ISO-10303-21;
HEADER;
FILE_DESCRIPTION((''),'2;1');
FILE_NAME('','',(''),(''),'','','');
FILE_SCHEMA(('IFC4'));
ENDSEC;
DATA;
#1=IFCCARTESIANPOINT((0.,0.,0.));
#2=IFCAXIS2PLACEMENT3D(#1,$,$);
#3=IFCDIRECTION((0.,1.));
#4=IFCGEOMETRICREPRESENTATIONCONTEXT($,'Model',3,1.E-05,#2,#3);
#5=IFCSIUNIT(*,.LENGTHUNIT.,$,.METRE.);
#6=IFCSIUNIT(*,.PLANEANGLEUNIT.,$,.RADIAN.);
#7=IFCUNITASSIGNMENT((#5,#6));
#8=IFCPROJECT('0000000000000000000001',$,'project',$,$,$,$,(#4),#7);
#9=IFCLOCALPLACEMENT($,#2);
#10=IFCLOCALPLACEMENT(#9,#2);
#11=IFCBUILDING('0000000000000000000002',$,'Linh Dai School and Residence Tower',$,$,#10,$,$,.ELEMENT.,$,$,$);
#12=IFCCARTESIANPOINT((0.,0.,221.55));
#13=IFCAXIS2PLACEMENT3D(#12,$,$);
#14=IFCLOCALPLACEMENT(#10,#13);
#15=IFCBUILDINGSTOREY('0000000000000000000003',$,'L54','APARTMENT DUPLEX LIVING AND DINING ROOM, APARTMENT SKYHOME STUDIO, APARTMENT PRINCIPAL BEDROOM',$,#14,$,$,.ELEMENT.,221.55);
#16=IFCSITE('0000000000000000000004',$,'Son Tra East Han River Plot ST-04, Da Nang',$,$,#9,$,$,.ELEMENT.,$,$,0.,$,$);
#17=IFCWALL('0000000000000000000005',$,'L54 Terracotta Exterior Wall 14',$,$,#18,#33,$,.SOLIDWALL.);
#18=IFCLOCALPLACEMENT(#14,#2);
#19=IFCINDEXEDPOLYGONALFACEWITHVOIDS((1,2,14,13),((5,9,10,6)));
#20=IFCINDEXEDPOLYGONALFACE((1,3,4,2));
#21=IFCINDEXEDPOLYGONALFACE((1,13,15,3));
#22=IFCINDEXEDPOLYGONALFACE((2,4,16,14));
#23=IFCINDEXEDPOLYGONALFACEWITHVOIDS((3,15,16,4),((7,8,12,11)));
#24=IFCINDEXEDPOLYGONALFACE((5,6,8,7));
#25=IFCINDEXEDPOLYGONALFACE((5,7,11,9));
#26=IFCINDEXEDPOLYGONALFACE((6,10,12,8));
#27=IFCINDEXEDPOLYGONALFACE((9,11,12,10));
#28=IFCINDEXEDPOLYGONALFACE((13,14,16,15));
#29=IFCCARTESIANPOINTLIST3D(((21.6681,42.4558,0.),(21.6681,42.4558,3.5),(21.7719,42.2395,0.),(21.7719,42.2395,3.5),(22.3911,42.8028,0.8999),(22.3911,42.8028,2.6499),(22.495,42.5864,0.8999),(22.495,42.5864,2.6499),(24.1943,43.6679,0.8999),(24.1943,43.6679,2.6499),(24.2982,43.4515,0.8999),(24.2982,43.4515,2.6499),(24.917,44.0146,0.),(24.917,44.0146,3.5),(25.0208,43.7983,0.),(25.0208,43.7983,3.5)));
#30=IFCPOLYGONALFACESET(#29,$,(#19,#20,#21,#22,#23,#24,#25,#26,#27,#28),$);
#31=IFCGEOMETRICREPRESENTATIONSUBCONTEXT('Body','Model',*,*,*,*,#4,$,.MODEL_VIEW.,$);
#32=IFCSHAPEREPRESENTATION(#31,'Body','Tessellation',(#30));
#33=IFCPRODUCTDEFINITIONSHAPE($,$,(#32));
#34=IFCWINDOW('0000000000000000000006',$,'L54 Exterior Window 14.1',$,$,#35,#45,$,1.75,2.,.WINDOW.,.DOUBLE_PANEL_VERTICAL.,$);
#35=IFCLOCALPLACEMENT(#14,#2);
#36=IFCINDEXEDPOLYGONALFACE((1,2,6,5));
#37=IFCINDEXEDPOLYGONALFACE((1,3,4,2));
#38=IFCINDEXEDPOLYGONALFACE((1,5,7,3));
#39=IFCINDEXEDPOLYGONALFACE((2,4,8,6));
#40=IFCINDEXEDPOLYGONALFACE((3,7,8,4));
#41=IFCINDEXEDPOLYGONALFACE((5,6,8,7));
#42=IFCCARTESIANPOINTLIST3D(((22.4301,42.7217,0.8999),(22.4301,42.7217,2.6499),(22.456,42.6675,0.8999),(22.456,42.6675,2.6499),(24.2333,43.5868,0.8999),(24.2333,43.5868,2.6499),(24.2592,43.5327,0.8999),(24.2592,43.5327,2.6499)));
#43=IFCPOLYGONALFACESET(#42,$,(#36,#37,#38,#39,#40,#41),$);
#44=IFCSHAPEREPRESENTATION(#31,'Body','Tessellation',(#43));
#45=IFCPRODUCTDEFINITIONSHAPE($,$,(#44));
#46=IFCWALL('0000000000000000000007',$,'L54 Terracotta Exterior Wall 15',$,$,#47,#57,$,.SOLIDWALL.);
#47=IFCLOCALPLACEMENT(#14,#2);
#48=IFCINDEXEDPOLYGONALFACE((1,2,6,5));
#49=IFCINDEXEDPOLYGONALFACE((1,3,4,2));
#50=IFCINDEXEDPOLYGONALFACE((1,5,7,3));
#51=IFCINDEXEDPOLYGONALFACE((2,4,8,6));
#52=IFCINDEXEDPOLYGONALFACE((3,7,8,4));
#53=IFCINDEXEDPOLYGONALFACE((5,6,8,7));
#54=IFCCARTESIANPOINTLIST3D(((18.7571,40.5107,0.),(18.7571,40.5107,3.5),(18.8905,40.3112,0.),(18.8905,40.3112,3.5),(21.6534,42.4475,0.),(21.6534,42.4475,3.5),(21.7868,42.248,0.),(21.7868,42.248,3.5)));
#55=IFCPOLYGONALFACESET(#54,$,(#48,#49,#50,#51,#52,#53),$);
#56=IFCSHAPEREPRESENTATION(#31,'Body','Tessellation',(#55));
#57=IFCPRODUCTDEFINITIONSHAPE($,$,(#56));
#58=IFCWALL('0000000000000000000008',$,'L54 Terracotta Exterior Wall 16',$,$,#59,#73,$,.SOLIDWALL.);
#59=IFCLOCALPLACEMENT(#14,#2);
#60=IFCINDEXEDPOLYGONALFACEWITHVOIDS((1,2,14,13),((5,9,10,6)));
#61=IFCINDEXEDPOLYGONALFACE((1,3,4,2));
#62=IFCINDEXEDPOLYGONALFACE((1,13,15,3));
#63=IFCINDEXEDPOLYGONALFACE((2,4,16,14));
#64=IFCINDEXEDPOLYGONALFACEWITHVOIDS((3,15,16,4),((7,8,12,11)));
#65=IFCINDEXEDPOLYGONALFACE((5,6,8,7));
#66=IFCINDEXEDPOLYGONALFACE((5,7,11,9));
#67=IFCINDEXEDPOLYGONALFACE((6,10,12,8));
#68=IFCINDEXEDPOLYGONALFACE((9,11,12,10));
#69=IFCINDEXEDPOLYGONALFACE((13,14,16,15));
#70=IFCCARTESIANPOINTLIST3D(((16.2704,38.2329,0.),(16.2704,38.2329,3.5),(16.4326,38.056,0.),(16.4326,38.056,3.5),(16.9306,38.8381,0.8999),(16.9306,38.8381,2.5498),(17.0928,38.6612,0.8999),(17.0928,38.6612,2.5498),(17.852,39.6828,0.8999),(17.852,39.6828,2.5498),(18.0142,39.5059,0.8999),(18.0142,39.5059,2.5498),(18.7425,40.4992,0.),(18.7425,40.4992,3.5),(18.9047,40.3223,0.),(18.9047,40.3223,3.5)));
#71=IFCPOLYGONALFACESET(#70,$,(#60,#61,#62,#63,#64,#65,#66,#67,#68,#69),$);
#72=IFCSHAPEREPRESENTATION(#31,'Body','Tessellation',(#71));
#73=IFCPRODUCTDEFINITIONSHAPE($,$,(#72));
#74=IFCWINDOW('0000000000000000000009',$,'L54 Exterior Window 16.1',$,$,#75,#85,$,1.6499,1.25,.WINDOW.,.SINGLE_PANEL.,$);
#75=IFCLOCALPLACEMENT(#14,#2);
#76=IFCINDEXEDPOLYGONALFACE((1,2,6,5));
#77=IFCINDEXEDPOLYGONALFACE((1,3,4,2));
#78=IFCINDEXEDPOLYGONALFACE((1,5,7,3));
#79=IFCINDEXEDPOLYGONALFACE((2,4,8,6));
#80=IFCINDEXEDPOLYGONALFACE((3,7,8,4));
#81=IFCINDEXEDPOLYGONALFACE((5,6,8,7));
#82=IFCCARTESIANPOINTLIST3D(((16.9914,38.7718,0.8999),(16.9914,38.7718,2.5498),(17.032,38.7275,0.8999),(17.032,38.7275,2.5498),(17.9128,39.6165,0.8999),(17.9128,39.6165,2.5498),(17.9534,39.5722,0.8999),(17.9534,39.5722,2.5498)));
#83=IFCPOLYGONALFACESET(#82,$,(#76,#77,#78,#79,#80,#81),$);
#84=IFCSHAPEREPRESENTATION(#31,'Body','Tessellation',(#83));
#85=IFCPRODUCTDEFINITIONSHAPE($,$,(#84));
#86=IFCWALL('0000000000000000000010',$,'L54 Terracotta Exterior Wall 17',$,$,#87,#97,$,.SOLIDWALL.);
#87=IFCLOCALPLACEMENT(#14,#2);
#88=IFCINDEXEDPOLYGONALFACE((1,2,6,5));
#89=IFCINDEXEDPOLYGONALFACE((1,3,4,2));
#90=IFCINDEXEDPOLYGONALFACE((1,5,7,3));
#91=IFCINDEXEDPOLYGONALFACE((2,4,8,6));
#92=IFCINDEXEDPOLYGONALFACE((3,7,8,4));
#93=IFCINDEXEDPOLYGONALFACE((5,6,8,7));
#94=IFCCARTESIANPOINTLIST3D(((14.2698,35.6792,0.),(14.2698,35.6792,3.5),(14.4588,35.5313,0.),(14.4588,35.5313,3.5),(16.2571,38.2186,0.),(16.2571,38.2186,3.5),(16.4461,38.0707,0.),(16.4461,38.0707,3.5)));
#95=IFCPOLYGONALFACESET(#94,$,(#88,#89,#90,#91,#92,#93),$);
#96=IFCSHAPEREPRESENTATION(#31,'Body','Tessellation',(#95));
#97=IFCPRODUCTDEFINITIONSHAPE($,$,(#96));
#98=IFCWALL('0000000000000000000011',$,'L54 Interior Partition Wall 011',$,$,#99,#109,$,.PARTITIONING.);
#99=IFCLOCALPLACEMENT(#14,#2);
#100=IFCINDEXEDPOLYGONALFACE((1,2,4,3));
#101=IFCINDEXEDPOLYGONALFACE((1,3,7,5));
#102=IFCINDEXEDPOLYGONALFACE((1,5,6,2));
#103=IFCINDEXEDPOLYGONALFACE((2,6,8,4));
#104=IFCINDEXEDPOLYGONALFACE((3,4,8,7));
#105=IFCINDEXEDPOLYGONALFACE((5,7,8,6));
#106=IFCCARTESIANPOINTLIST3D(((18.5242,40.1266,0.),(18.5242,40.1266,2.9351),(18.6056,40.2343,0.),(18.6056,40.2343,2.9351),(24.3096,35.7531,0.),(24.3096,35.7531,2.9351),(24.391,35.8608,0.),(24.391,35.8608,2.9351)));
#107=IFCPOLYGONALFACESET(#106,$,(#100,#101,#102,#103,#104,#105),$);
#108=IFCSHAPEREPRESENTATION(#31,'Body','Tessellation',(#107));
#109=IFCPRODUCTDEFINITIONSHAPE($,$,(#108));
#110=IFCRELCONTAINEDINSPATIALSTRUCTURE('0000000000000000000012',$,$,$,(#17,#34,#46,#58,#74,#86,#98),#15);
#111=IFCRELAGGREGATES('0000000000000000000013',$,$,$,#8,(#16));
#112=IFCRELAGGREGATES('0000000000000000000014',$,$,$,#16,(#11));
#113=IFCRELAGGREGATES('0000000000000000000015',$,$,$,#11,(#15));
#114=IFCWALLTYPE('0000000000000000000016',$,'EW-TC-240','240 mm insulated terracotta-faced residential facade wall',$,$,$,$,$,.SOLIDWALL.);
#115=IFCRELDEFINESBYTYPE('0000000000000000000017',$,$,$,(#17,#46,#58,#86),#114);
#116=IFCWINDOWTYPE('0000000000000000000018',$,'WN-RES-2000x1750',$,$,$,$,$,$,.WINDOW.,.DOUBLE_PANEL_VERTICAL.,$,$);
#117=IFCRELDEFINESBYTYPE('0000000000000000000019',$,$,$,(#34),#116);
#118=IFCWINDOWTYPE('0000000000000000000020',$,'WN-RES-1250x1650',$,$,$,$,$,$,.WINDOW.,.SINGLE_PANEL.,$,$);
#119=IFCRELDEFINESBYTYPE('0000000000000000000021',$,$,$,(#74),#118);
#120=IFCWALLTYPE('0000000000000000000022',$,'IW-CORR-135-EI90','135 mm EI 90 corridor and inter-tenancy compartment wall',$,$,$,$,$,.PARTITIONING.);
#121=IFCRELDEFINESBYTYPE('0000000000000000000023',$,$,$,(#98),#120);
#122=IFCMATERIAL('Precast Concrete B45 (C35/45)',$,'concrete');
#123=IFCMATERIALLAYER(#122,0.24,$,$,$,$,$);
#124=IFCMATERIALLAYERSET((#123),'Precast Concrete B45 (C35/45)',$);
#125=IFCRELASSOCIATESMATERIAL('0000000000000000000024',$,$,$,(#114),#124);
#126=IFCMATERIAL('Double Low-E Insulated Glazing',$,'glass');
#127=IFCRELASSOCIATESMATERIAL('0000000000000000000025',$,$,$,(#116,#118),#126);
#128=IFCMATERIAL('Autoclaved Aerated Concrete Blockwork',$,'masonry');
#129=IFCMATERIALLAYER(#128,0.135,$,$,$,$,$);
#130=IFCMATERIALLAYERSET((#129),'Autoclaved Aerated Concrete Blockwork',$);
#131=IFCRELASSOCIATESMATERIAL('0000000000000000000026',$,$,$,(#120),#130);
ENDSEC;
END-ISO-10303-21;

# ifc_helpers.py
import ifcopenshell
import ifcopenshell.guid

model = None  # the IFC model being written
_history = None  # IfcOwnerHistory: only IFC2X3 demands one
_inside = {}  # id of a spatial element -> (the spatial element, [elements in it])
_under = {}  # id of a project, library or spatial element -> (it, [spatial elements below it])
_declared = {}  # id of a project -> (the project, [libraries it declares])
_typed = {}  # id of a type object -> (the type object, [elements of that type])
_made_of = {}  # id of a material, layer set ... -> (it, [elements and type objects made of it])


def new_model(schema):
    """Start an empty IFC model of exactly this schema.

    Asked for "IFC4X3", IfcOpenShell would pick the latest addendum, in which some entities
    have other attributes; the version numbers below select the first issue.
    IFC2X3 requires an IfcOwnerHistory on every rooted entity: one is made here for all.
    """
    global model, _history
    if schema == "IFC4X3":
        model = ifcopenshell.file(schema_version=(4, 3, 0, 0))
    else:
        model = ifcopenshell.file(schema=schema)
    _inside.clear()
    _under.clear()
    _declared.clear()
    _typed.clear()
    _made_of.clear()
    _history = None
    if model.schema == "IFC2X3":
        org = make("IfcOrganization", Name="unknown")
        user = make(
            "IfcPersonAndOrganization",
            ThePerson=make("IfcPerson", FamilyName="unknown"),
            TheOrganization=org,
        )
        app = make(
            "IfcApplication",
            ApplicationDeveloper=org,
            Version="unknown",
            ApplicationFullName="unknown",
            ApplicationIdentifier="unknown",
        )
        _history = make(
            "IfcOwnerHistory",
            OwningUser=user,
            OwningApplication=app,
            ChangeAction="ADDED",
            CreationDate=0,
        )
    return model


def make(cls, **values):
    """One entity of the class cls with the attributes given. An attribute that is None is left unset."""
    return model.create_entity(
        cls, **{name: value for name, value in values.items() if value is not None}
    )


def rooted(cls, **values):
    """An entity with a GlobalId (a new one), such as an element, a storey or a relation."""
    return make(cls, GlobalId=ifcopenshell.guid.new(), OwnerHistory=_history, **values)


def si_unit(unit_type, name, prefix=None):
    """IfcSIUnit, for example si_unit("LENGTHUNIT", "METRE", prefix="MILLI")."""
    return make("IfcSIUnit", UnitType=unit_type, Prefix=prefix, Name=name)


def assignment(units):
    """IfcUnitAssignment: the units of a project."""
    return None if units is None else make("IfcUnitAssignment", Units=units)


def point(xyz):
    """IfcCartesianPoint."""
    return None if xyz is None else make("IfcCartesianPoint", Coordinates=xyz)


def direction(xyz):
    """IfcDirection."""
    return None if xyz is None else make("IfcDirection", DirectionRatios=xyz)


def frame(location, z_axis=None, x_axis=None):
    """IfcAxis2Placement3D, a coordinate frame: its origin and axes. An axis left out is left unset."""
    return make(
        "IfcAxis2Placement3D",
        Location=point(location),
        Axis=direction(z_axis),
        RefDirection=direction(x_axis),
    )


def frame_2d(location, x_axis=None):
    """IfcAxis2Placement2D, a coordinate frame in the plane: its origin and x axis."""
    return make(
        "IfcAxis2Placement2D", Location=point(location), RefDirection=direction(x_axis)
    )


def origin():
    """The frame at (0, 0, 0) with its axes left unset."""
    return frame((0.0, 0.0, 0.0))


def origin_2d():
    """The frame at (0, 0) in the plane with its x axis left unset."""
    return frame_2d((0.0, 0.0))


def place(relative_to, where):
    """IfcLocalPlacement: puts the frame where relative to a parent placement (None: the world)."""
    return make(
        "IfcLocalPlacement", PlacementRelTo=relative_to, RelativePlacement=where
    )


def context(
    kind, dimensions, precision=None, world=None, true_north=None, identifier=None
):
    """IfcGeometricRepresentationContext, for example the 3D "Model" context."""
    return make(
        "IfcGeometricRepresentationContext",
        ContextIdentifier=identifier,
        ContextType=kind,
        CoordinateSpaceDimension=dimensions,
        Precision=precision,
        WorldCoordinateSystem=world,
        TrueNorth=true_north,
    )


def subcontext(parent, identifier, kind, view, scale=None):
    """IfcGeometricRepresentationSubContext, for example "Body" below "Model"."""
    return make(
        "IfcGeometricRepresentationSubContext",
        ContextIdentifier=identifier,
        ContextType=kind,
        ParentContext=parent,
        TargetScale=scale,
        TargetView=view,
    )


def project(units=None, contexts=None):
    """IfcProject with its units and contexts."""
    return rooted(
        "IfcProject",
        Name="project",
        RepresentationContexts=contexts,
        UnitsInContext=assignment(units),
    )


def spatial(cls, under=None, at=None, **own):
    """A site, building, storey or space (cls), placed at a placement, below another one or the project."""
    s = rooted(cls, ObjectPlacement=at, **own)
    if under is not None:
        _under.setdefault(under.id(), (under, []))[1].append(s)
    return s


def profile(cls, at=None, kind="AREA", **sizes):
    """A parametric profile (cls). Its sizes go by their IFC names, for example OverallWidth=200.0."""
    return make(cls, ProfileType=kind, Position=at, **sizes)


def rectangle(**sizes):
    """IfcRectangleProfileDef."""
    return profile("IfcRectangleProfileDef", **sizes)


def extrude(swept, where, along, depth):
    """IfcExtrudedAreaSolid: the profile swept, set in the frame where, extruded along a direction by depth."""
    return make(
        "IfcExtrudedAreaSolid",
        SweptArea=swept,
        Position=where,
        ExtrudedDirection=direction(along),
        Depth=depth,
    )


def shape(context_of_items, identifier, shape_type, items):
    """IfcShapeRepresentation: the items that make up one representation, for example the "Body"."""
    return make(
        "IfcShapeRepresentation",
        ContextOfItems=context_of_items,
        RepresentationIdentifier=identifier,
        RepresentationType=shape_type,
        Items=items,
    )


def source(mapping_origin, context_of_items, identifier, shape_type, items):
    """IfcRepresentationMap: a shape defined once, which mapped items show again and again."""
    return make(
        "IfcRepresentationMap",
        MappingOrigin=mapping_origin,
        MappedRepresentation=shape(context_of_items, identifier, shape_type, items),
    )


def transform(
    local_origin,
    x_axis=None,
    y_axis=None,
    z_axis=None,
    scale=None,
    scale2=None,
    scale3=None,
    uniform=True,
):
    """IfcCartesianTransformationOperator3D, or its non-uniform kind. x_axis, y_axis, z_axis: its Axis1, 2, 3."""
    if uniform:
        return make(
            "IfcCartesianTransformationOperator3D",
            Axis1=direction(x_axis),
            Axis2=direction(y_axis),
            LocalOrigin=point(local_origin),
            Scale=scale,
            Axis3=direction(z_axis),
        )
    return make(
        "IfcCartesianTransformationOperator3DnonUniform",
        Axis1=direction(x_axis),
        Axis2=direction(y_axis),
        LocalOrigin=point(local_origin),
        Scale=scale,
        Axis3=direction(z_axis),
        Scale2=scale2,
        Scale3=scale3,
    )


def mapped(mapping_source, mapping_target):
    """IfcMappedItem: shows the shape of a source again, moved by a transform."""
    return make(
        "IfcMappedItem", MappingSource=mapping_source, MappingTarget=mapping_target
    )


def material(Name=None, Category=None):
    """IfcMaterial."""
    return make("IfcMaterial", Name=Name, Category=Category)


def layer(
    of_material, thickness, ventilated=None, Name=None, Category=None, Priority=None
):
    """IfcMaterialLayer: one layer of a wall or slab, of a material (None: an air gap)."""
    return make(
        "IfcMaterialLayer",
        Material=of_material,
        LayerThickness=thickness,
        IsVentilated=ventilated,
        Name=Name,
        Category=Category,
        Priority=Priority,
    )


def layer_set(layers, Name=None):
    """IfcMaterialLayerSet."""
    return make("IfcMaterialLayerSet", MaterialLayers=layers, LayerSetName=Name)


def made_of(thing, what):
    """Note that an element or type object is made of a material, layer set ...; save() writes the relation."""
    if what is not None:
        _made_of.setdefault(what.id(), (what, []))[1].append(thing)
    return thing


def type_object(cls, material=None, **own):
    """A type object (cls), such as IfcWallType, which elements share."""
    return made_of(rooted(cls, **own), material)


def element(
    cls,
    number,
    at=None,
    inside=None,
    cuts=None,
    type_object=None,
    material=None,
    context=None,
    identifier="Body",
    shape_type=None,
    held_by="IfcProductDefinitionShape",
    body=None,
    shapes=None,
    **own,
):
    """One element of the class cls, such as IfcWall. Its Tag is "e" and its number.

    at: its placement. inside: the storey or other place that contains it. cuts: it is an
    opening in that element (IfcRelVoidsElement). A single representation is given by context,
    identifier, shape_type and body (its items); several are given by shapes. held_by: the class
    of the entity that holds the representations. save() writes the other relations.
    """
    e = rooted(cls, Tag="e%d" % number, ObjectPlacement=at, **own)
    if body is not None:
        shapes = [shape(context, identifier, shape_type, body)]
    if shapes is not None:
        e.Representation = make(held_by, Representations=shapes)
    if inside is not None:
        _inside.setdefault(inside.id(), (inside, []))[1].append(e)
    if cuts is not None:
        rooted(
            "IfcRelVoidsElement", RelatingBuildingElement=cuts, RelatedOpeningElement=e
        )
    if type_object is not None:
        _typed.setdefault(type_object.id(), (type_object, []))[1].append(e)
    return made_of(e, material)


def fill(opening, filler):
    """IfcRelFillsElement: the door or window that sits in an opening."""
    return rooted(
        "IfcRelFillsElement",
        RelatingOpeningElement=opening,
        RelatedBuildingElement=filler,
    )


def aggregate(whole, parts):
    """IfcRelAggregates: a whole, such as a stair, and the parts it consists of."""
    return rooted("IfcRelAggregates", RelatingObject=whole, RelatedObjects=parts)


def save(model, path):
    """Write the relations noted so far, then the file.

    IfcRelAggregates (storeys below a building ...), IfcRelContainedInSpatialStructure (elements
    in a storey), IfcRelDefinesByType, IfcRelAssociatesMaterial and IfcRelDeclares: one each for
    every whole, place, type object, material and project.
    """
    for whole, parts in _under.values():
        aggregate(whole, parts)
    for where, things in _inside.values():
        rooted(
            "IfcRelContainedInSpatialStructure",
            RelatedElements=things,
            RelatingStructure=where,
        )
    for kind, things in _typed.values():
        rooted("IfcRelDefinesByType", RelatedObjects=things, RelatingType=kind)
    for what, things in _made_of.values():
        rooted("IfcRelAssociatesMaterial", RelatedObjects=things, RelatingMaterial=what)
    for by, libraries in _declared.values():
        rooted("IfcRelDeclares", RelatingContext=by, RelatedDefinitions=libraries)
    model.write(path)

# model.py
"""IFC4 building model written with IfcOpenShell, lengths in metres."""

from ifc_helpers import new_model, si_unit, direction, frame, frame_2d, origin, origin_2d, place, context, subcontext, project, spatial, rectangle, extrude, source, transform, mapped, material, layer, layer_set, type_object, element, fill, save


model = new_model("IFC4")

# Units and contexts
model_context = context("Model", 3, precision=1e-05, world=origin(), true_north=direction((0.0, 1.0)))
body_context = subcontext(model_context, "Body", "Model", "MODEL_VIEW")
ifc_project = project(units=[si_unit("LENGTHUNIT", "METRE"), si_unit("PLANEANGLEUNIT", "RADIAN")], contexts=[model_context])

# Site, building, storey
site_placement = place(None, origin())
site = spatial("IfcSite", under=ifc_project, at=site_placement, Name="Son Tra East Han River Plot ST-04, Da Nang", CompositionType="ELEMENT", RefElevation=0.0)
building_placement = place(site_placement, origin())
building = spatial("IfcBuilding", under=site, at=building_placement, Name="Linh Dai School and Residence Tower", CompositionType="ELEMENT")
storey_placement = place(building_placement, frame((0.0, 0.0, 221.55)))
storey = spatial("IfcBuildingStorey", under=building, at=storey_placement, Name="L54", Description="APARTMENT DUPLEX LIVING AND DINING ROOM, APARTMENT SKYHOME STUDIO, APARTMENT PRINCIPAL BEDROOM", CompositionType="ELEMENT", Elevation=221.55)

# Shared definitions
ifc_material_1 = material(Name="Precast Concrete B45 (C35/45)", Category="concrete")

# Shared definitions
ifc_layer_1 = layer(ifc_material_1, 0.24)
ifc_layer_set_1 = layer_set([ifc_layer_1], Name="Precast Concrete B45 (C35/45)")
wall_type_1 = type_object("IfcWallType", Name="EW-TC-240", Description="240 mm insulated terracotta-faced residential facade wall", PredefinedType="SOLIDWALL", material=ifc_layer_set_1)

# Wall, opening, window
wall_1_placement = place(storey_placement, frame((21.72, 42.3477, 0.0), z_axis=(0.0, 0.0, 1.0), x_axis=(0.901598, 0.432575, 0.0)))
wall_1 = element("IfcWall", 1, at=wall_1_placement, inside=storey, type_object=wall_type_1, Name="L54 Terracotta Exterior Wall 14", PredefinedType="SOLIDWALL", context=body_context, shape_type="SweptSolid", body=[
    extrude(rectangle(XDim=3.6035, YDim=0.24, at=frame_2d((1.8018, 0.0))), origin(), (0.0, 0.0, 1.0), 3.5),
])
opening_1_placement = place(wall_1_placement, frame((0.802, 0.0, 0.8999)))
opening_1 = element("IfcOpeningElement", 2, at=opening_1_placement, cuts=wall_1, PredefinedType="OPENING", context=body_context, shape_type="SweptSolid", body=[
    extrude(rectangle(XDim=2.0, YDim=1.75, at=origin_2d()), frame((1.0, 0.1299, 0.875), z_axis=(0.0, -1.0, 0.0), x_axis=(1.0, 0.0, 0.0)), (0.0, 0.0, 1.0), 0.26),
])
ifc_material_2 = material(Name="Double Low-E Insulated Glazing", Category="glass")
window_type_1 = type_object("IfcWindowType", Name="WN-RES-2000x1750", PartitioningType="DOUBLE_PANEL_VERTICAL", PredefinedType="WINDOW", material=ifc_material_2)
shared_shape_1 = source(origin(), body_context, "Body", "SweptSolid", [
    extrude(rectangle(XDim=2.0, YDim=1.75, at=origin_2d()), frame((1.0, 0.03, 0.875), z_axis=(0.0, -1.0, 0.0), x_axis=(1.0, 0.0, 0.0)), (0.0, 0.0, 1.0), 0.0601),
])
window_1_placement = place(opening_1_placement, origin())
window_1 = element("IfcWindow", 3, at=window_1_placement, inside=storey, type_object=window_type_1, Name="L54 Exterior Window 14.1", OverallHeight=1.75, OverallWidth=2.0, PartitioningType="DOUBLE_PANEL_VERTICAL", PredefinedType="WINDOW", context=body_context, shape_type="MappedRepresentation", body=[
    mapped(shared_shape_1, transform((0.0, 0.0, 0.0), x_axis=(1.0, 0.0, 0.0), y_axis=(0.0, 1.0, 0.0), z_axis=(0.0, 0.0, 1.0), scale=1.0)),
])
fill(opening_1, window_1)

# Wall
wall_2_placement = place(storey_placement, frame((18.8237, 40.4109, 0.0), z_axis=(0.0, 0.0, 1.0), x_axis=(0.831262, 0.55588, 0.0)))
element("IfcWall", 4, at=wall_2_placement, inside=storey, type_object=wall_type_1, Name="L54 Terracotta Exterior Wall 15", PredefinedType="SOLIDWALL", context=body_context, shape_type="SweptSolid", body=[
    extrude(rectangle(XDim=3.4841, YDim=0.24, at=frame_2d((1.7422, 0.0))), origin(), (0.0, 0.0, 1.0), 3.5),
])

# Wall, opening, window
wall_3_placement = place(storey_placement, frame((16.3516, 38.1445, 0.0), z_axis=(0.0, 0.0, 1.0), x_axis=(0.737124, 0.675758, 0.0)))
wall_3 = element("IfcWall", 5, at=wall_3_placement, inside=storey, type_object=wall_type_1, Name="L54 Terracotta Exterior Wall 16", PredefinedType="SOLIDWALL", context=body_context, shape_type="SweptSolid", body=[
    extrude(rectangle(XDim=3.3538, YDim=0.24, at=frame_2d((1.6768, 0.0))), origin(), (0.0, 0.0, 1.0), 3.5),
])
opening_2_placement = place(wall_3_placement, frame((0.8955, 0.0, 0.8999)))
opening_2 = element("IfcOpeningElement", 6, at=opening_2_placement, cuts=wall_3, PredefinedType="OPENING", context=body_context, shape_type="SweptSolid", body=[
    extrude(rectangle(XDim=1.25, YDim=1.6499, at=origin_2d()), frame((0.625, 0.1299, 0.825), z_axis=(0.0, -1.0, 0.0), x_axis=(1.0, 0.0, 0.0)), (0.0, 0.0, 1.0), 0.26),
])
window_type_2 = type_object("IfcWindowType", Name="WN-RES-1250x1650", PartitioningType="SINGLE_PANEL", PredefinedType="WINDOW", material=ifc_material_2)
shared_shape_2 = source(origin(), body_context, "Body", "SweptSolid", [
    extrude(rectangle(XDim=1.25, YDim=1.6499, at=origin_2d()), frame((0.625, 0.03, 0.825), z_axis=(0.0, -1.0, 0.0), x_axis=(1.0, 0.0, 0.0)), (0.0, 0.0, 1.0), 0.0601),
])
window_2_placement = place(opening_2_placement, origin())
window_2 = element("IfcWindow", 7, at=window_2_placement, inside=storey, type_object=window_type_2, Name="L54 Exterior Window 16.1", OverallHeight=1.6499, OverallWidth=1.25, PartitioningType="SINGLE_PANEL", PredefinedType="WINDOW", context=body_context, shape_type="MappedRepresentation", body=[
    mapped(shared_shape_2, transform((0.0, 0.0, 0.0), x_axis=(1.0, 0.0, 0.0), y_axis=(0.0, 1.0, 0.0), z_axis=(0.0, 0.0, 1.0), scale=1.0)),
])
fill(opening_2, window_2)

# Walls
wall_4_placement = place(storey_placement, frame((14.3643, 35.6052, 0.0), z_axis=(0.0, 0.0, 1.0), x_axis=(0.616312, 0.787502, 0.0)))
element("IfcWall", 8, at=wall_4_placement, inside=storey, type_object=wall_type_1, Name="L54 Terracotta Exterior Wall 17", PredefinedType="SOLIDWALL", context=body_context, shape_type="SweptSolid", body=[
    extrude(rectangle(XDim=3.2246, YDim=0.24, at=frame_2d((1.6123, 0.0))), origin(), (0.0, 0.0, 1.0), 3.5),
])
ifc_material_3 = material(Name="Autoclaved Aerated Concrete Blockwork", Category="masonry")
ifc_layer_2 = layer(ifc_material_3, 0.135)
ifc_layer_set_2 = layer_set([ifc_layer_2], Name="Autoclaved Aerated Concrete Blockwork")
wall_type_2 = type_object("IfcWallType", Name="IW-CORR-135-EI90", Description="135 mm EI 90 corridor and inter-tenancy compartment wall", PredefinedType="PARTITIONING", material=ifc_layer_set_2)
wall_5_placement = place(storey_placement, frame((18.5649, 40.1804, 0.0), z_axis=(0.0, 0.0, 1.0), x_axis=(0.797712, -0.603039, 0.0)))
element("IfcWall", 9, at=wall_5_placement, inside=storey, type_object=wall_type_2, Name="L54 Interior Partition Wall 011", PredefinedType="PARTITIONING", context=body_context, shape_type="SweptSolid", body=[
    extrude(rectangle(XDim=7.2524, YDim=0.135, at=frame_2d((3.6262, 0.0))), origin(), (0.0, 0.0, 1.0), 2.9351),
])

save(model, "model.ifc")
